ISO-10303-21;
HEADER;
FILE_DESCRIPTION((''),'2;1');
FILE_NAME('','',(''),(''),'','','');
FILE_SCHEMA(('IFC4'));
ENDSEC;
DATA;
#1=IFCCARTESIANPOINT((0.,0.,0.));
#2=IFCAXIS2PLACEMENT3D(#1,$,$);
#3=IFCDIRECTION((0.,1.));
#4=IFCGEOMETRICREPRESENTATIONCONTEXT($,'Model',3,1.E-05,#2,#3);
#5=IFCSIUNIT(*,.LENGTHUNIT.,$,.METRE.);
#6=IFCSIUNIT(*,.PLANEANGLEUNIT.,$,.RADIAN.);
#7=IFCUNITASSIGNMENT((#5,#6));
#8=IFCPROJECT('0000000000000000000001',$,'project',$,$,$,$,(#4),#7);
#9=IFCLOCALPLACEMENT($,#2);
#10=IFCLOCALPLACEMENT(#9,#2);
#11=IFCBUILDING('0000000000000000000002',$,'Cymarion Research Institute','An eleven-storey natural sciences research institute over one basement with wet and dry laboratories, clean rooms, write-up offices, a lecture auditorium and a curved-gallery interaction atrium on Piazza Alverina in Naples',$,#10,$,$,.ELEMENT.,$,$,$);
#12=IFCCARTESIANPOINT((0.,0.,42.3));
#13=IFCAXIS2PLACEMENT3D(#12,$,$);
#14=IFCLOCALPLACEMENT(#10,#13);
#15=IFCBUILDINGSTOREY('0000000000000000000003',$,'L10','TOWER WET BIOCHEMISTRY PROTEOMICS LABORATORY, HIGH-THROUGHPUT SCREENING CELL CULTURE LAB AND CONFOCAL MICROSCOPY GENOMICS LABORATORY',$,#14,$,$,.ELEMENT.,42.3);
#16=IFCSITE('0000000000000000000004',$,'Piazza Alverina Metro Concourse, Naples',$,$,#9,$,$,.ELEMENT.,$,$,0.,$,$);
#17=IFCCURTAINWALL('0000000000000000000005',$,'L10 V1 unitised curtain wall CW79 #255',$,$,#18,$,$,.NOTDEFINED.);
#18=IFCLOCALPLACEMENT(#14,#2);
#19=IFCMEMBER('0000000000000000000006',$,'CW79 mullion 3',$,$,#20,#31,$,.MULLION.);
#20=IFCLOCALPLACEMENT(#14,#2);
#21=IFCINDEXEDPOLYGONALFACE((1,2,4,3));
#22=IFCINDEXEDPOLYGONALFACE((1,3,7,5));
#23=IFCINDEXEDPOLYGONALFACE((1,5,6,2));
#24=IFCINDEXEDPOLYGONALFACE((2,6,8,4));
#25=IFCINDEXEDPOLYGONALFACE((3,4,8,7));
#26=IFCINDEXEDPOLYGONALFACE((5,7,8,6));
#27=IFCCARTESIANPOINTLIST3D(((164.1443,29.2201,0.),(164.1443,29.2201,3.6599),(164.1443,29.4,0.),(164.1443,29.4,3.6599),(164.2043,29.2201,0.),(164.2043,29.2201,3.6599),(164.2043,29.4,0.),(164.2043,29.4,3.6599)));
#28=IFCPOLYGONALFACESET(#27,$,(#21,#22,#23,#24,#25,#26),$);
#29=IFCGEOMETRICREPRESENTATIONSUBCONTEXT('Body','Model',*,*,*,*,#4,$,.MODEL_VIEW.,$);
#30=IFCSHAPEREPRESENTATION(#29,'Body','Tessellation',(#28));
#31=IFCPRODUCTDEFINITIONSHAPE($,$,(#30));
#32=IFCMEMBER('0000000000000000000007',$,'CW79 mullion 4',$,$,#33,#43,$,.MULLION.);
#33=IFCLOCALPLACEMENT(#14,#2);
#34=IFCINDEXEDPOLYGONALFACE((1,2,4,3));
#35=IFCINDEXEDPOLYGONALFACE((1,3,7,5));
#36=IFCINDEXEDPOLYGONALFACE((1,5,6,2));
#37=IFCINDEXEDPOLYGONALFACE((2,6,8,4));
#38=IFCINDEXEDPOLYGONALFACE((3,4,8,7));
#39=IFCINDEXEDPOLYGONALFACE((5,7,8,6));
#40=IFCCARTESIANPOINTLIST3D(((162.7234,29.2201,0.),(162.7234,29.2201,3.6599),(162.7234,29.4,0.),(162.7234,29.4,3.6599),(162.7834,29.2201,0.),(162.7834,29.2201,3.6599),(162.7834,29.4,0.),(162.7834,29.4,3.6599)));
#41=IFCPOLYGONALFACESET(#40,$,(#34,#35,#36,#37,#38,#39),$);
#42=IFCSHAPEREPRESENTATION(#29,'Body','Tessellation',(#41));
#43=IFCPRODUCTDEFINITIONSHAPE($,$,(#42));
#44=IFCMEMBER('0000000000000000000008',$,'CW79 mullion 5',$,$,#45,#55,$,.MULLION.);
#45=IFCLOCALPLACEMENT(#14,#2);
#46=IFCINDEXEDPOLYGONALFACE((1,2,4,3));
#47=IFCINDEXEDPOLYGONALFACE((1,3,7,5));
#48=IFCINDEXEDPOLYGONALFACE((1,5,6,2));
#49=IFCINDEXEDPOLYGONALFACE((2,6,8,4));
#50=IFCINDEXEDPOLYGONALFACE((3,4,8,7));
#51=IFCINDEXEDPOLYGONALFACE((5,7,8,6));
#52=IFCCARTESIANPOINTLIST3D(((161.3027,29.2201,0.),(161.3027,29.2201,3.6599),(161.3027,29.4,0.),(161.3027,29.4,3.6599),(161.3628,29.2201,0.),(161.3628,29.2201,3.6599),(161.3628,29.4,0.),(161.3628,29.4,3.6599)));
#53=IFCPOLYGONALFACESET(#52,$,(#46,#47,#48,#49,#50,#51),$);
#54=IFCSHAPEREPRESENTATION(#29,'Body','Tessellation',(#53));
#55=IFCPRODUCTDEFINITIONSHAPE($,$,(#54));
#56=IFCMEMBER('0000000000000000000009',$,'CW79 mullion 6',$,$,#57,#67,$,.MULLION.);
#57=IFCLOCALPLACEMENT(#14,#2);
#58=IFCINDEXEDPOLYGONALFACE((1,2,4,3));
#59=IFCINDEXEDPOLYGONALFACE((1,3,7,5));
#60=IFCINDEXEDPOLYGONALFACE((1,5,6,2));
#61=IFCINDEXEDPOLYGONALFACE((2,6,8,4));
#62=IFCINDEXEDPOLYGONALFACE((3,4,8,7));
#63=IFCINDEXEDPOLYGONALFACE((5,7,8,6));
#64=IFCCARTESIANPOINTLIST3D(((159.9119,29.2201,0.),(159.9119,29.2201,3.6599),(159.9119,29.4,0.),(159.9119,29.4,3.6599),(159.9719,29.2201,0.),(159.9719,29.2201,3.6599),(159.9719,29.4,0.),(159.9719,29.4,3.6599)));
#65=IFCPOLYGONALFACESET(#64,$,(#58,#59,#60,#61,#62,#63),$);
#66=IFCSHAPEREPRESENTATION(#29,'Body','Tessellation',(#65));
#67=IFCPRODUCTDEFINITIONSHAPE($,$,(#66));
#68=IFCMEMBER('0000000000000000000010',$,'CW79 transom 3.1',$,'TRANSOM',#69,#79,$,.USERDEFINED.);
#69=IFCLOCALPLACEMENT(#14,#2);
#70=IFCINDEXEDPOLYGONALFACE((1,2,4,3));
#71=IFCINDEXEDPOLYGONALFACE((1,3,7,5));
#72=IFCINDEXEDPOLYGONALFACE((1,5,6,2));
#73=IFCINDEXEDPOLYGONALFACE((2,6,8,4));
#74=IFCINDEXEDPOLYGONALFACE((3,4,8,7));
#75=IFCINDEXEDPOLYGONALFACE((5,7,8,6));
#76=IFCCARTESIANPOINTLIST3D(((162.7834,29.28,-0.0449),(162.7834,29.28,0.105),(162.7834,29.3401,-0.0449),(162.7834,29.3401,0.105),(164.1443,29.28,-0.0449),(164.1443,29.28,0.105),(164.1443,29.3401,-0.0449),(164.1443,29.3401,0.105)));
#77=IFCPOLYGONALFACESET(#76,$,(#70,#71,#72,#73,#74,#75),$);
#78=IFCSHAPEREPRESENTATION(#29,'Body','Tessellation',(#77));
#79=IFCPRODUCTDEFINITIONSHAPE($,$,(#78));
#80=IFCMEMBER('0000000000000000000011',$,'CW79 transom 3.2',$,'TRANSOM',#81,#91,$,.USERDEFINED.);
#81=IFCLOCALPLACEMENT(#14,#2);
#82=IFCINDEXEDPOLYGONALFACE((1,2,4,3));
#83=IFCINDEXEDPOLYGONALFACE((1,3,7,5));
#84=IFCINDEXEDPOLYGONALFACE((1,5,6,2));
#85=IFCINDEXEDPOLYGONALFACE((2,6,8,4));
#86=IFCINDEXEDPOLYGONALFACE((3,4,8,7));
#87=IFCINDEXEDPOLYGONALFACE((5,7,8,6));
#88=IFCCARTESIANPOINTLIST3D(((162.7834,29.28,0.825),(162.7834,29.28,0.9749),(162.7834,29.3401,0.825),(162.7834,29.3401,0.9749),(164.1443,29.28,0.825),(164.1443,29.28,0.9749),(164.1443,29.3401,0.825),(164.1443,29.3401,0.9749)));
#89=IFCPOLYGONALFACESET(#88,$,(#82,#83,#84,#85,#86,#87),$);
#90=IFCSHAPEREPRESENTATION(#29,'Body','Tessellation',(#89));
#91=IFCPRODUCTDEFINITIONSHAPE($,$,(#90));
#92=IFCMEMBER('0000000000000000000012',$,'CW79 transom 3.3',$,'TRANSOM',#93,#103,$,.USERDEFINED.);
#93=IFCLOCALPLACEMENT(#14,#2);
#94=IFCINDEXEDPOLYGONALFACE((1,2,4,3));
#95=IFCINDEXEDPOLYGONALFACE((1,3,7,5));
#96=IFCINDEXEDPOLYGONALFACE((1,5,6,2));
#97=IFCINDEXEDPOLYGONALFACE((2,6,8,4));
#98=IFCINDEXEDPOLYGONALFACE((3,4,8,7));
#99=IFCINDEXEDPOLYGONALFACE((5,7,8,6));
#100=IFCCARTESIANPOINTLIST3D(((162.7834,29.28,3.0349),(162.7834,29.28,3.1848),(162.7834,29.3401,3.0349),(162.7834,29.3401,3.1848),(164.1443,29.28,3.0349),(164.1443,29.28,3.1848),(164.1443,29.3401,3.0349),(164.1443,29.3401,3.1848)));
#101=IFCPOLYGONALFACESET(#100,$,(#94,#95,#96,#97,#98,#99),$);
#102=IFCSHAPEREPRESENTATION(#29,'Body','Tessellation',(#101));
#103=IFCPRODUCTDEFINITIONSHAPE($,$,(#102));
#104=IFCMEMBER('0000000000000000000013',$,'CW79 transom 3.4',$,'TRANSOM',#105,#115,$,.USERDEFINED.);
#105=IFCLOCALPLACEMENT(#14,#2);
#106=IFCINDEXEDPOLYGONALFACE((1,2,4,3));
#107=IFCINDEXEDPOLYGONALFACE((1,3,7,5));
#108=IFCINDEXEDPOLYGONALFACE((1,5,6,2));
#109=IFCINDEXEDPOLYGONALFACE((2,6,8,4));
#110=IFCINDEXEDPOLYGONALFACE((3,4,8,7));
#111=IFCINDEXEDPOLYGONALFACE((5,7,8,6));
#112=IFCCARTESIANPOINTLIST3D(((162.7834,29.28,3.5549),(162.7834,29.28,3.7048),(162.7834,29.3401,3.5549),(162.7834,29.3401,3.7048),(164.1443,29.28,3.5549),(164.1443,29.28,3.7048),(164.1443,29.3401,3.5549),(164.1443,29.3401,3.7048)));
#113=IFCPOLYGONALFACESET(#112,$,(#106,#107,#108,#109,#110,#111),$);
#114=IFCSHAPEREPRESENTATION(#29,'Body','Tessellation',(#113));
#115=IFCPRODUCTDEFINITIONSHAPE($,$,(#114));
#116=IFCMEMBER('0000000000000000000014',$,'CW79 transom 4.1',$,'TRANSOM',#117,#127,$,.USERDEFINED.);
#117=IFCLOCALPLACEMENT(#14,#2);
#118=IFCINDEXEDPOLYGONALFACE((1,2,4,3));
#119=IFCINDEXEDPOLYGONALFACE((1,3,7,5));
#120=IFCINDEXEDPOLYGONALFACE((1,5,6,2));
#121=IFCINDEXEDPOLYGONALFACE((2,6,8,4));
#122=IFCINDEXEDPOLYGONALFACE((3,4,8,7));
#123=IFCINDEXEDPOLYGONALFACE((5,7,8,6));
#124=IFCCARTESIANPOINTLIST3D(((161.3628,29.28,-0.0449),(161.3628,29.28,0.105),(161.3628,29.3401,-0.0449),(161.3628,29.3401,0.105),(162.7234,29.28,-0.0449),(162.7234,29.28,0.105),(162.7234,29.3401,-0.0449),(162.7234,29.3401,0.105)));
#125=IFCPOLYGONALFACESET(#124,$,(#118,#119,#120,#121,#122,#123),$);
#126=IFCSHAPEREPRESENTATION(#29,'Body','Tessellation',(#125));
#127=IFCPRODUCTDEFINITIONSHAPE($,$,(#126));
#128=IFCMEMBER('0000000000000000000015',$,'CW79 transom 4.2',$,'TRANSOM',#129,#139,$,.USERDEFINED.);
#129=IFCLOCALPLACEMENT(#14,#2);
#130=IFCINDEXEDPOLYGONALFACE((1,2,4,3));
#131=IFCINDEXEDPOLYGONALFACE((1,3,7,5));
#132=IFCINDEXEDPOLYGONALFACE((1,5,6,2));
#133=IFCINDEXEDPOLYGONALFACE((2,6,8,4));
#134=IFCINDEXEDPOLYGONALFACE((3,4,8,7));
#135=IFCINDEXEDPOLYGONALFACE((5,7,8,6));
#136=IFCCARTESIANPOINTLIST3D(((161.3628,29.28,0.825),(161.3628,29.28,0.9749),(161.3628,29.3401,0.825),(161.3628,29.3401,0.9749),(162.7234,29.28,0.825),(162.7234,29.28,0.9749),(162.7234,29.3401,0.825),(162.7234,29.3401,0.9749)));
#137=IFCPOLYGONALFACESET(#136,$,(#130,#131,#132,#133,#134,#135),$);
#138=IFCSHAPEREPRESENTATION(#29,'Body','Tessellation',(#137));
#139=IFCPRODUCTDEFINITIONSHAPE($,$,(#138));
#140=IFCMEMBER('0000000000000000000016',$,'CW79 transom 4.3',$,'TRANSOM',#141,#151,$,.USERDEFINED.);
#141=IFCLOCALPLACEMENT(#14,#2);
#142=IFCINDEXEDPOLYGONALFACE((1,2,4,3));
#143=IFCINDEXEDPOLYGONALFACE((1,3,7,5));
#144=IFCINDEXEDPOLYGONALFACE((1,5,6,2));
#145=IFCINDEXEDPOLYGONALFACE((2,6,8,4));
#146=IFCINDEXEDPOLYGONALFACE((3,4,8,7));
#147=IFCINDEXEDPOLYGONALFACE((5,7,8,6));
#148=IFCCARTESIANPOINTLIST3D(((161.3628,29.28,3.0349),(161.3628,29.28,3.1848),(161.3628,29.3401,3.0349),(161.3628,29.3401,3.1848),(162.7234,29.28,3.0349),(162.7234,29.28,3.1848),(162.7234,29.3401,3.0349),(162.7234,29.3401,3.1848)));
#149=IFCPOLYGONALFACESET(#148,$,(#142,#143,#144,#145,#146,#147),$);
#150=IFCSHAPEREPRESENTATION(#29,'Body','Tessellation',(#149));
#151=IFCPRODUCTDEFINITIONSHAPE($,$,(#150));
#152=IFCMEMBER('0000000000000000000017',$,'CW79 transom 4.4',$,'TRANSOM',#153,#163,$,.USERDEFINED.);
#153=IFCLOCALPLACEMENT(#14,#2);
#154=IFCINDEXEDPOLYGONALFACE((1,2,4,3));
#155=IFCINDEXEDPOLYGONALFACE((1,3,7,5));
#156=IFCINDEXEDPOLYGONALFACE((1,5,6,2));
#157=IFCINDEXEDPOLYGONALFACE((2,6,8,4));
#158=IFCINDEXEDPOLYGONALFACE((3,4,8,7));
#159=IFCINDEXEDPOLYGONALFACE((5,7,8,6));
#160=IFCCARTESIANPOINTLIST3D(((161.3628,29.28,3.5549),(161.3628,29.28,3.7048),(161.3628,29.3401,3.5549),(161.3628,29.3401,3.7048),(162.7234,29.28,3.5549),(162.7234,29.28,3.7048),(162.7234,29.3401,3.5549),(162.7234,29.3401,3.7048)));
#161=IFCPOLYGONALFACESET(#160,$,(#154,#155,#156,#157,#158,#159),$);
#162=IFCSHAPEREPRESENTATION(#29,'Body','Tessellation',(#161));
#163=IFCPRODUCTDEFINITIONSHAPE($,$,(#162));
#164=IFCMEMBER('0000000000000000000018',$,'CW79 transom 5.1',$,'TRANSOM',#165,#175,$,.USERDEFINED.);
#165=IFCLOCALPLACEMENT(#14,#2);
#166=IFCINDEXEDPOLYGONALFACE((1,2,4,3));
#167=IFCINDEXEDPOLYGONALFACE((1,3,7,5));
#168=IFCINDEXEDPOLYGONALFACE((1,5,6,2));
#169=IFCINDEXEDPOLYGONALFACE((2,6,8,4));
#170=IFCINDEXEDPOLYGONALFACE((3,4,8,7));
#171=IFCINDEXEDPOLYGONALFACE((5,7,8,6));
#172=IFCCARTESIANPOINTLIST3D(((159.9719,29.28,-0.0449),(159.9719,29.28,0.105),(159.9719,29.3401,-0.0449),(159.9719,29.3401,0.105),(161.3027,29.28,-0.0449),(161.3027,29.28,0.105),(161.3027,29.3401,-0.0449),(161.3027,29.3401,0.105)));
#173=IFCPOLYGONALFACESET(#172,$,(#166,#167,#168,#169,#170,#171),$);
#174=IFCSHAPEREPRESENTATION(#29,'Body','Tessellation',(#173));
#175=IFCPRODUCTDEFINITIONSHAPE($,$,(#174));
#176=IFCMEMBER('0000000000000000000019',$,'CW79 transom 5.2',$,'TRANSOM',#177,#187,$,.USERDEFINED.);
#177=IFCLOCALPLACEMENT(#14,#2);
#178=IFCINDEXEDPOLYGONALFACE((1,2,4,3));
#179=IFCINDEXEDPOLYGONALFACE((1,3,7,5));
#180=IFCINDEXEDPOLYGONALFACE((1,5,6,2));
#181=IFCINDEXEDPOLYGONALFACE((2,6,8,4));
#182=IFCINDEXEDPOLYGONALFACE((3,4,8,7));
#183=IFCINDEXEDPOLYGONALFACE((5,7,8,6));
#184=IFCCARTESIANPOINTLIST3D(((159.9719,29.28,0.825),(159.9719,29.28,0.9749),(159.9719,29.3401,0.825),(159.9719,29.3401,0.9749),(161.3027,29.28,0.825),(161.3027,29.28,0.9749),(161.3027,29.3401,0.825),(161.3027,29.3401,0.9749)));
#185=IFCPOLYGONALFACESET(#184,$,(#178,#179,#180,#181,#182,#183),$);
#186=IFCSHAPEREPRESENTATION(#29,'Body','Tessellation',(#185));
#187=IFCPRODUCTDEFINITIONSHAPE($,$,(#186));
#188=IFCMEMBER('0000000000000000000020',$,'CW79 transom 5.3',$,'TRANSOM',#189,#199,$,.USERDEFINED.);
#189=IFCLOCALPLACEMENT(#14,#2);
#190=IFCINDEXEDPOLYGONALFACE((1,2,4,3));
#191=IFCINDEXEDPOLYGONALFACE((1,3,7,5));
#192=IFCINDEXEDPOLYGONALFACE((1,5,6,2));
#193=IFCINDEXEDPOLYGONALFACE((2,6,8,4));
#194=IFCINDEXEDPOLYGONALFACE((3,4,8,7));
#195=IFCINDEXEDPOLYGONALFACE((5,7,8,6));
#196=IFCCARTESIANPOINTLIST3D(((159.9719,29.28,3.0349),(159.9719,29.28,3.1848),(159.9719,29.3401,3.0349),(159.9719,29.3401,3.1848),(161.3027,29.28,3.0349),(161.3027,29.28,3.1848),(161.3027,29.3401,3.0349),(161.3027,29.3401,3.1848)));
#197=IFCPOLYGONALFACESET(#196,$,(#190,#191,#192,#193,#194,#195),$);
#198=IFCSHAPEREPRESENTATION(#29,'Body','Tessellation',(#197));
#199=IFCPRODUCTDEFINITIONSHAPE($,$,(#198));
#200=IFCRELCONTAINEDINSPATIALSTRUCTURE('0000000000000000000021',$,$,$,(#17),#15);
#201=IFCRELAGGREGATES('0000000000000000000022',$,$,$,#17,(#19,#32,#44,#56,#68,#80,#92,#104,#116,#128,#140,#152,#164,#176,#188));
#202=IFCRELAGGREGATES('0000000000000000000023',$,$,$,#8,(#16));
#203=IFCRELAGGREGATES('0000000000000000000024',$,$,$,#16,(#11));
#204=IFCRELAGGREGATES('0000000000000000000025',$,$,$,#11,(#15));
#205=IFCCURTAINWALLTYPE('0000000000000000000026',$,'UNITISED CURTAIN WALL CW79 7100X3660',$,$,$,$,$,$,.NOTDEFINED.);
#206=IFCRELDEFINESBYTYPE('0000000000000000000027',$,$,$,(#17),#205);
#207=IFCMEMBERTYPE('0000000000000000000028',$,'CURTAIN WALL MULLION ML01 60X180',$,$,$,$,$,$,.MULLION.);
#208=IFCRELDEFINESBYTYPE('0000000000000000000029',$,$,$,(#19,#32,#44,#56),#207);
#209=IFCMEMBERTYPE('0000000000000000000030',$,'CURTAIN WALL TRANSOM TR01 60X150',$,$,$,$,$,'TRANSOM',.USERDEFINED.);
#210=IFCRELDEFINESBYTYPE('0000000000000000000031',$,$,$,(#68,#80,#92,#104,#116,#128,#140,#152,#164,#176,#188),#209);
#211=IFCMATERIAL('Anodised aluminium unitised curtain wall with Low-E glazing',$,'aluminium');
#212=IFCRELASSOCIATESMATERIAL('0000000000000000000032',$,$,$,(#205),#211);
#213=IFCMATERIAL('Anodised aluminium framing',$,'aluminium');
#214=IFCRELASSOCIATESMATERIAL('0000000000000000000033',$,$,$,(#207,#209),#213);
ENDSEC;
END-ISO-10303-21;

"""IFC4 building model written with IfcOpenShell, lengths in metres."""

from ifc_helpers import new_model, si_unit, direction, frame, origin, origin_2d, place, context, subcontext, project, spatial, rectangle, extrude, material, material_profile, profile_set, type_object, element, aggregate, save


model = new_model("IFC4")

# Units and contexts
model_context = context("Model", 3, precision=1e-05, world=origin(), true_north=direction((0.0, 1.0)))
body_context = subcontext(model_context, "Body", "Model", "MODEL_VIEW")
ifc_project = project(units=[si_unit("LENGTHUNIT", "METRE"), si_unit("PLANEANGLEUNIT", "RADIAN")], contexts=[model_context])

# Site, building, storey
site_placement = place(None, origin())
site = spatial("IfcSite", under=ifc_project, at=site_placement, Name="Piazza Alverina Metro Concourse, Naples", CompositionType="ELEMENT", RefElevation=0.0)
building_placement = place(site_placement, origin())
building = spatial("IfcBuilding", under=site, at=building_placement, Name="Cymarion Research Institute", Description="An eleven-storey natural sciences research institute over one basement with wet and dry laboratories, clean rooms, write-up offices, a lecture auditorium and a curved-gallery interaction atrium on Piazza Alverina in Naples", CompositionType="ELEMENT")
storey_placement = place(building_placement, frame((0.0, 0.0, 42.3)))
storey = spatial("IfcBuildingStorey", under=building, at=storey_placement, Name="L10", Description="TOWER WET BIOCHEMISTRY PROTEOMICS LABORATORY, HIGH-THROUGHPUT SCREENING CELL CULTURE LAB AND CONFOCAL MICROSCOPY GENOMICS LABORATORY", CompositionType="ELEMENT", Elevation=42.3)

# Curtain wall, members
ifc_material_1 = material(Name="Anodised aluminium unitised curtain wall with Low-E glazing", Category="aluminium")
curtain_wall_type = type_object("IfcCurtainWallType", Name="UNITISED CURTAIN WALL CW79 7100X3660", PredefinedType="NOTDEFINED", material=ifc_material_1)
curtain_wall_placement = place(storey_placement, origin())
curtain_wall = element("IfcCurtainWall", 1, at=curtain_wall_placement, inside=storey, type_object=curtain_wall_type, Name="L10 V1 unitised curtain wall CW79 #255", PredefinedType="NOTDEFINED")
ifc_material_2 = material(Name="Anodised aluminium framing", Category="aluminium")
ifc_material_profile_1 = material_profile(ifc_material_2, rectangle(XDim=0.0601, YDim=0.1799, at=origin_2d()), Name="ALU MULLION 60x180")
ifc_profile_set_1 = profile_set([ifc_material_profile_1], Name="Anodised aluminium framing")
member_type_1 = type_object("IfcMemberType", Name="CURTAIN WALL MULLION ML01 60X180", PredefinedType="MULLION", material=ifc_profile_set_1)
member_1_placement = place(storey_placement, frame((164.1743, 29.3101, 0.0), z_axis=(0.0, 0.0, 1.0), x_axis=(-1.0, 0.0, 0.0)))
member_1 = element("IfcMember", 2, at=member_1_placement, type_object=member_type_1, Name="CW79 mullion 3", PredefinedType="MULLION", context=body_context, shape_type="SweptSolid", body=[
    extrude(rectangle(XDim=0.0601, YDim=0.1799, at=origin_2d()), origin(), (0.0, 0.0, 1.0), 3.6599),
])
member_2_placement = place(storey_placement, frame((162.7534, 29.3101, 0.0), z_axis=(0.0, 0.0, 1.0), x_axis=(-1.0, 0.0, 0.0)))
member_2 = element("IfcMember", 3, at=member_2_placement, type_object=member_type_1, Name="CW79 mullion 4", PredefinedType="MULLION", context=body_context, shape_type="SweptSolid", body=[
    extrude(rectangle(XDim=0.0601, YDim=0.1799, at=origin_2d()), origin(), (0.0, 0.0, 1.0), 3.6599),
])
member_3_placement = place(storey_placement, frame((161.3328, 29.3101, 0.0), z_axis=(0.0, 0.0, 1.0), x_axis=(-1.0, 0.0, 0.0)))
member_3 = element("IfcMember", 4, at=member_3_placement, type_object=member_type_1, Name="CW79 mullion 5", PredefinedType="MULLION", context=body_context, shape_type="SweptSolid", body=[
    extrude(rectangle(XDim=0.0601, YDim=0.1799, at=origin_2d()), origin(), (0.0, 0.0, 1.0), 3.6599),
])
member_4_placement = place(storey_placement, frame((159.9419, 29.3101, 0.0), z_axis=(0.0, 0.0, 1.0), x_axis=(-1.0, 0.0, 0.0)))
member_4 = element("IfcMember", 5, at=member_4_placement, type_object=member_type_1, Name="CW79 mullion 6", PredefinedType="MULLION", context=body_context, shape_type="SweptSolid", body=[
    extrude(rectangle(XDim=0.0601, YDim=0.1799, at=origin_2d()), origin(), (0.0, 0.0, 1.0), 3.6599),
])
ifc_material_profile_2 = material_profile(ifc_material_2, rectangle(XDim=0.0601, YDim=0.1499, at=origin_2d()), Name="ALU TRANSOM 60x150")
ifc_profile_set_2 = profile_set([ifc_material_profile_2], Name="Anodised aluminium framing")
member_type_2 = type_object("IfcMemberType", Name="CURTAIN WALL TRANSOM TR01 60X150", ElementType="TRANSOM", PredefinedType="USERDEFINED", material=ifc_profile_set_2)
member_5_placement = place(storey_placement, frame((164.1443, 29.3101, 0.03), z_axis=(-1.0, 0.0, 0.0), x_axis=(0.0, -1.0, 0.0)))
member_5 = element("IfcMember", 6, at=member_5_placement, type_object=member_type_2, Name="CW79 transom 3.1", ObjectType="TRANSOM", PredefinedType="USERDEFINED", context=body_context, shape_type="SweptSolid", body=[
    extrude(rectangle(XDim=0.0601, YDim=0.1499, at=origin_2d()), origin(), (0.0, 0.0, 1.0), 1.3608),
])
member_6_placement = place(storey_placement, frame((164.1443, 29.3101, 0.8999), z_axis=(-1.0, 0.0, 0.0), x_axis=(0.0, -1.0, 0.0)))
member_6 = element("IfcMember", 7, at=member_6_placement, type_object=member_type_2, Name="CW79 transom 3.2", ObjectType="TRANSOM", PredefinedType="USERDEFINED", context=body_context, shape_type="SweptSolid", body=[
    extrude(rectangle(XDim=0.0601, YDim=0.1499, at=origin_2d()), origin(), (0.0, 0.0, 1.0), 1.3608),
])
member_7_placement = place(storey_placement, frame((164.1443, 29.3101, 3.1099), z_axis=(-1.0, 0.0, 0.0), x_axis=(0.0, -1.0, 0.0)))
member_7 = element("IfcMember", 8, at=member_7_placement, type_object=member_type_2, Name="CW79 transom 3.3", ObjectType="TRANSOM", PredefinedType="USERDEFINED", context=body_context, shape_type="SweptSolid", body=[
    extrude(rectangle(XDim=0.0601, YDim=0.1499, at=origin_2d()), origin(), (0.0, 0.0, 1.0), 1.3608),
])
member_8_placement = place(storey_placement, frame((164.1443, 29.3101, 3.6299), z_axis=(-1.0, 0.0, 0.0), x_axis=(0.0, -1.0, 0.0)))
member_8 = element("IfcMember", 9, at=member_8_placement, type_object=member_type_2, Name="CW79 transom 3.4", ObjectType="TRANSOM", PredefinedType="USERDEFINED", context=body_context, shape_type="SweptSolid", body=[
    extrude(rectangle(XDim=0.0601, YDim=0.1499, at=origin_2d()), origin(), (0.0, 0.0, 1.0), 1.3608),
])
member_9_placement = place(storey_placement, frame((162.7234, 29.3101, 0.03), z_axis=(-1.0, 0.0, 0.0), x_axis=(0.0, -1.0, 0.0)))
member_9 = element("IfcMember", 10, at=member_9_placement, type_object=member_type_2, Name="CW79 transom 4.1", ObjectType="TRANSOM", PredefinedType="USERDEFINED", context=body_context, shape_type="SweptSolid", body=[
    extrude(rectangle(XDim=0.0601, YDim=0.1499, at=origin_2d()), origin(), (0.0, 0.0, 1.0), 1.3606),
])
member_10_placement = place(storey_placement, frame((162.7234, 29.3101, 0.8999), z_axis=(-1.0, 0.0, 0.0), x_axis=(0.0, -1.0, 0.0)))
member_10 = element("IfcMember", 11, at=member_10_placement, type_object=member_type_2, Name="CW79 transom 4.2", ObjectType="TRANSOM", PredefinedType="USERDEFINED", context=body_context, shape_type="SweptSolid", body=[
    extrude(rectangle(XDim=0.0601, YDim=0.1499, at=origin_2d()), origin(), (0.0, 0.0, 1.0), 1.3606),
])
member_11_placement = place(storey_placement, frame((162.7234, 29.3101, 3.1099), z_axis=(-1.0, 0.0, 0.0), x_axis=(0.0, -1.0, 0.0)))
member_11 = element("IfcMember", 12, at=member_11_placement, type_object=member_type_2, Name="CW79 transom 4.3", ObjectType="TRANSOM", PredefinedType="USERDEFINED", context=body_context, shape_type="SweptSolid", body=[
    extrude(rectangle(XDim=0.0601, YDim=0.1499, at=origin_2d()), origin(), (0.0, 0.0, 1.0), 1.3606),
])
member_12_placement = place(storey_placement, frame((162.7234, 29.3101, 3.6299), z_axis=(-1.0, 0.0, 0.0), x_axis=(0.0, -1.0, 0.0)))
member_12 = element("IfcMember", 13, at=member_12_placement, type_object=member_type_2, Name="CW79 transom 4.4", ObjectType="TRANSOM", PredefinedType="USERDEFINED", context=body_context, shape_type="SweptSolid", body=[
    extrude(rectangle(XDim=0.0601, YDim=0.1499, at=origin_2d()), origin(), (0.0, 0.0, 1.0), 1.3606),
])
member_13_placement = place(storey_placement, frame((161.3027, 29.3101, 0.03), z_axis=(-1.0, 0.0, 0.0), x_axis=(0.0, -1.0, 0.0)))
member_13 = element("IfcMember", 14, at=member_13_placement, type_object=member_type_2, Name="CW79 transom 5.1", ObjectType="TRANSOM", PredefinedType="USERDEFINED", context=body_context, shape_type="SweptSolid", body=[
    extrude(rectangle(XDim=0.0601, YDim=0.1499, at=origin_2d()), origin(), (0.0, 0.0, 1.0), 1.3308),
])
member_14_placement = place(storey_placement, frame((161.3027, 29.3101, 0.8999), z_axis=(-1.0, 0.0, 0.0), x_axis=(0.0, -1.0, 0.0)))
member_14 = element("IfcMember", 15, at=member_14_placement, type_object=member_type_2, Name="CW79 transom 5.2", ObjectType="TRANSOM", PredefinedType="USERDEFINED", context=body_context, shape_type="SweptSolid", body=[
    extrude(rectangle(XDim=0.0601, YDim=0.1499, at=origin_2d()), origin(), (0.0, 0.0, 1.0), 1.3308),
])
member_15_placement = place(storey_placement, frame((161.3027, 29.3101, 3.1099), z_axis=(-1.0, 0.0, 0.0), x_axis=(0.0, -1.0, 0.0)))
member_15 = element("IfcMember", 16, at=member_15_placement, type_object=member_type_2, Name="CW79 transom 5.3", ObjectType="TRANSOM", PredefinedType="USERDEFINED", context=body_context, shape_type="SweptSolid", body=[
    extrude(rectangle(XDim=0.0601, YDim=0.1499, at=origin_2d()), origin(), (0.0, 0.0, 1.0), 1.3308),
])
aggregate(curtain_wall, [member_1, member_2, member_3, member_4, member_5, member_6, member_7, member_8, member_9, member_10, member_11, member_12, member_13, member_14, member_15])

save(model, "model.ifc")
